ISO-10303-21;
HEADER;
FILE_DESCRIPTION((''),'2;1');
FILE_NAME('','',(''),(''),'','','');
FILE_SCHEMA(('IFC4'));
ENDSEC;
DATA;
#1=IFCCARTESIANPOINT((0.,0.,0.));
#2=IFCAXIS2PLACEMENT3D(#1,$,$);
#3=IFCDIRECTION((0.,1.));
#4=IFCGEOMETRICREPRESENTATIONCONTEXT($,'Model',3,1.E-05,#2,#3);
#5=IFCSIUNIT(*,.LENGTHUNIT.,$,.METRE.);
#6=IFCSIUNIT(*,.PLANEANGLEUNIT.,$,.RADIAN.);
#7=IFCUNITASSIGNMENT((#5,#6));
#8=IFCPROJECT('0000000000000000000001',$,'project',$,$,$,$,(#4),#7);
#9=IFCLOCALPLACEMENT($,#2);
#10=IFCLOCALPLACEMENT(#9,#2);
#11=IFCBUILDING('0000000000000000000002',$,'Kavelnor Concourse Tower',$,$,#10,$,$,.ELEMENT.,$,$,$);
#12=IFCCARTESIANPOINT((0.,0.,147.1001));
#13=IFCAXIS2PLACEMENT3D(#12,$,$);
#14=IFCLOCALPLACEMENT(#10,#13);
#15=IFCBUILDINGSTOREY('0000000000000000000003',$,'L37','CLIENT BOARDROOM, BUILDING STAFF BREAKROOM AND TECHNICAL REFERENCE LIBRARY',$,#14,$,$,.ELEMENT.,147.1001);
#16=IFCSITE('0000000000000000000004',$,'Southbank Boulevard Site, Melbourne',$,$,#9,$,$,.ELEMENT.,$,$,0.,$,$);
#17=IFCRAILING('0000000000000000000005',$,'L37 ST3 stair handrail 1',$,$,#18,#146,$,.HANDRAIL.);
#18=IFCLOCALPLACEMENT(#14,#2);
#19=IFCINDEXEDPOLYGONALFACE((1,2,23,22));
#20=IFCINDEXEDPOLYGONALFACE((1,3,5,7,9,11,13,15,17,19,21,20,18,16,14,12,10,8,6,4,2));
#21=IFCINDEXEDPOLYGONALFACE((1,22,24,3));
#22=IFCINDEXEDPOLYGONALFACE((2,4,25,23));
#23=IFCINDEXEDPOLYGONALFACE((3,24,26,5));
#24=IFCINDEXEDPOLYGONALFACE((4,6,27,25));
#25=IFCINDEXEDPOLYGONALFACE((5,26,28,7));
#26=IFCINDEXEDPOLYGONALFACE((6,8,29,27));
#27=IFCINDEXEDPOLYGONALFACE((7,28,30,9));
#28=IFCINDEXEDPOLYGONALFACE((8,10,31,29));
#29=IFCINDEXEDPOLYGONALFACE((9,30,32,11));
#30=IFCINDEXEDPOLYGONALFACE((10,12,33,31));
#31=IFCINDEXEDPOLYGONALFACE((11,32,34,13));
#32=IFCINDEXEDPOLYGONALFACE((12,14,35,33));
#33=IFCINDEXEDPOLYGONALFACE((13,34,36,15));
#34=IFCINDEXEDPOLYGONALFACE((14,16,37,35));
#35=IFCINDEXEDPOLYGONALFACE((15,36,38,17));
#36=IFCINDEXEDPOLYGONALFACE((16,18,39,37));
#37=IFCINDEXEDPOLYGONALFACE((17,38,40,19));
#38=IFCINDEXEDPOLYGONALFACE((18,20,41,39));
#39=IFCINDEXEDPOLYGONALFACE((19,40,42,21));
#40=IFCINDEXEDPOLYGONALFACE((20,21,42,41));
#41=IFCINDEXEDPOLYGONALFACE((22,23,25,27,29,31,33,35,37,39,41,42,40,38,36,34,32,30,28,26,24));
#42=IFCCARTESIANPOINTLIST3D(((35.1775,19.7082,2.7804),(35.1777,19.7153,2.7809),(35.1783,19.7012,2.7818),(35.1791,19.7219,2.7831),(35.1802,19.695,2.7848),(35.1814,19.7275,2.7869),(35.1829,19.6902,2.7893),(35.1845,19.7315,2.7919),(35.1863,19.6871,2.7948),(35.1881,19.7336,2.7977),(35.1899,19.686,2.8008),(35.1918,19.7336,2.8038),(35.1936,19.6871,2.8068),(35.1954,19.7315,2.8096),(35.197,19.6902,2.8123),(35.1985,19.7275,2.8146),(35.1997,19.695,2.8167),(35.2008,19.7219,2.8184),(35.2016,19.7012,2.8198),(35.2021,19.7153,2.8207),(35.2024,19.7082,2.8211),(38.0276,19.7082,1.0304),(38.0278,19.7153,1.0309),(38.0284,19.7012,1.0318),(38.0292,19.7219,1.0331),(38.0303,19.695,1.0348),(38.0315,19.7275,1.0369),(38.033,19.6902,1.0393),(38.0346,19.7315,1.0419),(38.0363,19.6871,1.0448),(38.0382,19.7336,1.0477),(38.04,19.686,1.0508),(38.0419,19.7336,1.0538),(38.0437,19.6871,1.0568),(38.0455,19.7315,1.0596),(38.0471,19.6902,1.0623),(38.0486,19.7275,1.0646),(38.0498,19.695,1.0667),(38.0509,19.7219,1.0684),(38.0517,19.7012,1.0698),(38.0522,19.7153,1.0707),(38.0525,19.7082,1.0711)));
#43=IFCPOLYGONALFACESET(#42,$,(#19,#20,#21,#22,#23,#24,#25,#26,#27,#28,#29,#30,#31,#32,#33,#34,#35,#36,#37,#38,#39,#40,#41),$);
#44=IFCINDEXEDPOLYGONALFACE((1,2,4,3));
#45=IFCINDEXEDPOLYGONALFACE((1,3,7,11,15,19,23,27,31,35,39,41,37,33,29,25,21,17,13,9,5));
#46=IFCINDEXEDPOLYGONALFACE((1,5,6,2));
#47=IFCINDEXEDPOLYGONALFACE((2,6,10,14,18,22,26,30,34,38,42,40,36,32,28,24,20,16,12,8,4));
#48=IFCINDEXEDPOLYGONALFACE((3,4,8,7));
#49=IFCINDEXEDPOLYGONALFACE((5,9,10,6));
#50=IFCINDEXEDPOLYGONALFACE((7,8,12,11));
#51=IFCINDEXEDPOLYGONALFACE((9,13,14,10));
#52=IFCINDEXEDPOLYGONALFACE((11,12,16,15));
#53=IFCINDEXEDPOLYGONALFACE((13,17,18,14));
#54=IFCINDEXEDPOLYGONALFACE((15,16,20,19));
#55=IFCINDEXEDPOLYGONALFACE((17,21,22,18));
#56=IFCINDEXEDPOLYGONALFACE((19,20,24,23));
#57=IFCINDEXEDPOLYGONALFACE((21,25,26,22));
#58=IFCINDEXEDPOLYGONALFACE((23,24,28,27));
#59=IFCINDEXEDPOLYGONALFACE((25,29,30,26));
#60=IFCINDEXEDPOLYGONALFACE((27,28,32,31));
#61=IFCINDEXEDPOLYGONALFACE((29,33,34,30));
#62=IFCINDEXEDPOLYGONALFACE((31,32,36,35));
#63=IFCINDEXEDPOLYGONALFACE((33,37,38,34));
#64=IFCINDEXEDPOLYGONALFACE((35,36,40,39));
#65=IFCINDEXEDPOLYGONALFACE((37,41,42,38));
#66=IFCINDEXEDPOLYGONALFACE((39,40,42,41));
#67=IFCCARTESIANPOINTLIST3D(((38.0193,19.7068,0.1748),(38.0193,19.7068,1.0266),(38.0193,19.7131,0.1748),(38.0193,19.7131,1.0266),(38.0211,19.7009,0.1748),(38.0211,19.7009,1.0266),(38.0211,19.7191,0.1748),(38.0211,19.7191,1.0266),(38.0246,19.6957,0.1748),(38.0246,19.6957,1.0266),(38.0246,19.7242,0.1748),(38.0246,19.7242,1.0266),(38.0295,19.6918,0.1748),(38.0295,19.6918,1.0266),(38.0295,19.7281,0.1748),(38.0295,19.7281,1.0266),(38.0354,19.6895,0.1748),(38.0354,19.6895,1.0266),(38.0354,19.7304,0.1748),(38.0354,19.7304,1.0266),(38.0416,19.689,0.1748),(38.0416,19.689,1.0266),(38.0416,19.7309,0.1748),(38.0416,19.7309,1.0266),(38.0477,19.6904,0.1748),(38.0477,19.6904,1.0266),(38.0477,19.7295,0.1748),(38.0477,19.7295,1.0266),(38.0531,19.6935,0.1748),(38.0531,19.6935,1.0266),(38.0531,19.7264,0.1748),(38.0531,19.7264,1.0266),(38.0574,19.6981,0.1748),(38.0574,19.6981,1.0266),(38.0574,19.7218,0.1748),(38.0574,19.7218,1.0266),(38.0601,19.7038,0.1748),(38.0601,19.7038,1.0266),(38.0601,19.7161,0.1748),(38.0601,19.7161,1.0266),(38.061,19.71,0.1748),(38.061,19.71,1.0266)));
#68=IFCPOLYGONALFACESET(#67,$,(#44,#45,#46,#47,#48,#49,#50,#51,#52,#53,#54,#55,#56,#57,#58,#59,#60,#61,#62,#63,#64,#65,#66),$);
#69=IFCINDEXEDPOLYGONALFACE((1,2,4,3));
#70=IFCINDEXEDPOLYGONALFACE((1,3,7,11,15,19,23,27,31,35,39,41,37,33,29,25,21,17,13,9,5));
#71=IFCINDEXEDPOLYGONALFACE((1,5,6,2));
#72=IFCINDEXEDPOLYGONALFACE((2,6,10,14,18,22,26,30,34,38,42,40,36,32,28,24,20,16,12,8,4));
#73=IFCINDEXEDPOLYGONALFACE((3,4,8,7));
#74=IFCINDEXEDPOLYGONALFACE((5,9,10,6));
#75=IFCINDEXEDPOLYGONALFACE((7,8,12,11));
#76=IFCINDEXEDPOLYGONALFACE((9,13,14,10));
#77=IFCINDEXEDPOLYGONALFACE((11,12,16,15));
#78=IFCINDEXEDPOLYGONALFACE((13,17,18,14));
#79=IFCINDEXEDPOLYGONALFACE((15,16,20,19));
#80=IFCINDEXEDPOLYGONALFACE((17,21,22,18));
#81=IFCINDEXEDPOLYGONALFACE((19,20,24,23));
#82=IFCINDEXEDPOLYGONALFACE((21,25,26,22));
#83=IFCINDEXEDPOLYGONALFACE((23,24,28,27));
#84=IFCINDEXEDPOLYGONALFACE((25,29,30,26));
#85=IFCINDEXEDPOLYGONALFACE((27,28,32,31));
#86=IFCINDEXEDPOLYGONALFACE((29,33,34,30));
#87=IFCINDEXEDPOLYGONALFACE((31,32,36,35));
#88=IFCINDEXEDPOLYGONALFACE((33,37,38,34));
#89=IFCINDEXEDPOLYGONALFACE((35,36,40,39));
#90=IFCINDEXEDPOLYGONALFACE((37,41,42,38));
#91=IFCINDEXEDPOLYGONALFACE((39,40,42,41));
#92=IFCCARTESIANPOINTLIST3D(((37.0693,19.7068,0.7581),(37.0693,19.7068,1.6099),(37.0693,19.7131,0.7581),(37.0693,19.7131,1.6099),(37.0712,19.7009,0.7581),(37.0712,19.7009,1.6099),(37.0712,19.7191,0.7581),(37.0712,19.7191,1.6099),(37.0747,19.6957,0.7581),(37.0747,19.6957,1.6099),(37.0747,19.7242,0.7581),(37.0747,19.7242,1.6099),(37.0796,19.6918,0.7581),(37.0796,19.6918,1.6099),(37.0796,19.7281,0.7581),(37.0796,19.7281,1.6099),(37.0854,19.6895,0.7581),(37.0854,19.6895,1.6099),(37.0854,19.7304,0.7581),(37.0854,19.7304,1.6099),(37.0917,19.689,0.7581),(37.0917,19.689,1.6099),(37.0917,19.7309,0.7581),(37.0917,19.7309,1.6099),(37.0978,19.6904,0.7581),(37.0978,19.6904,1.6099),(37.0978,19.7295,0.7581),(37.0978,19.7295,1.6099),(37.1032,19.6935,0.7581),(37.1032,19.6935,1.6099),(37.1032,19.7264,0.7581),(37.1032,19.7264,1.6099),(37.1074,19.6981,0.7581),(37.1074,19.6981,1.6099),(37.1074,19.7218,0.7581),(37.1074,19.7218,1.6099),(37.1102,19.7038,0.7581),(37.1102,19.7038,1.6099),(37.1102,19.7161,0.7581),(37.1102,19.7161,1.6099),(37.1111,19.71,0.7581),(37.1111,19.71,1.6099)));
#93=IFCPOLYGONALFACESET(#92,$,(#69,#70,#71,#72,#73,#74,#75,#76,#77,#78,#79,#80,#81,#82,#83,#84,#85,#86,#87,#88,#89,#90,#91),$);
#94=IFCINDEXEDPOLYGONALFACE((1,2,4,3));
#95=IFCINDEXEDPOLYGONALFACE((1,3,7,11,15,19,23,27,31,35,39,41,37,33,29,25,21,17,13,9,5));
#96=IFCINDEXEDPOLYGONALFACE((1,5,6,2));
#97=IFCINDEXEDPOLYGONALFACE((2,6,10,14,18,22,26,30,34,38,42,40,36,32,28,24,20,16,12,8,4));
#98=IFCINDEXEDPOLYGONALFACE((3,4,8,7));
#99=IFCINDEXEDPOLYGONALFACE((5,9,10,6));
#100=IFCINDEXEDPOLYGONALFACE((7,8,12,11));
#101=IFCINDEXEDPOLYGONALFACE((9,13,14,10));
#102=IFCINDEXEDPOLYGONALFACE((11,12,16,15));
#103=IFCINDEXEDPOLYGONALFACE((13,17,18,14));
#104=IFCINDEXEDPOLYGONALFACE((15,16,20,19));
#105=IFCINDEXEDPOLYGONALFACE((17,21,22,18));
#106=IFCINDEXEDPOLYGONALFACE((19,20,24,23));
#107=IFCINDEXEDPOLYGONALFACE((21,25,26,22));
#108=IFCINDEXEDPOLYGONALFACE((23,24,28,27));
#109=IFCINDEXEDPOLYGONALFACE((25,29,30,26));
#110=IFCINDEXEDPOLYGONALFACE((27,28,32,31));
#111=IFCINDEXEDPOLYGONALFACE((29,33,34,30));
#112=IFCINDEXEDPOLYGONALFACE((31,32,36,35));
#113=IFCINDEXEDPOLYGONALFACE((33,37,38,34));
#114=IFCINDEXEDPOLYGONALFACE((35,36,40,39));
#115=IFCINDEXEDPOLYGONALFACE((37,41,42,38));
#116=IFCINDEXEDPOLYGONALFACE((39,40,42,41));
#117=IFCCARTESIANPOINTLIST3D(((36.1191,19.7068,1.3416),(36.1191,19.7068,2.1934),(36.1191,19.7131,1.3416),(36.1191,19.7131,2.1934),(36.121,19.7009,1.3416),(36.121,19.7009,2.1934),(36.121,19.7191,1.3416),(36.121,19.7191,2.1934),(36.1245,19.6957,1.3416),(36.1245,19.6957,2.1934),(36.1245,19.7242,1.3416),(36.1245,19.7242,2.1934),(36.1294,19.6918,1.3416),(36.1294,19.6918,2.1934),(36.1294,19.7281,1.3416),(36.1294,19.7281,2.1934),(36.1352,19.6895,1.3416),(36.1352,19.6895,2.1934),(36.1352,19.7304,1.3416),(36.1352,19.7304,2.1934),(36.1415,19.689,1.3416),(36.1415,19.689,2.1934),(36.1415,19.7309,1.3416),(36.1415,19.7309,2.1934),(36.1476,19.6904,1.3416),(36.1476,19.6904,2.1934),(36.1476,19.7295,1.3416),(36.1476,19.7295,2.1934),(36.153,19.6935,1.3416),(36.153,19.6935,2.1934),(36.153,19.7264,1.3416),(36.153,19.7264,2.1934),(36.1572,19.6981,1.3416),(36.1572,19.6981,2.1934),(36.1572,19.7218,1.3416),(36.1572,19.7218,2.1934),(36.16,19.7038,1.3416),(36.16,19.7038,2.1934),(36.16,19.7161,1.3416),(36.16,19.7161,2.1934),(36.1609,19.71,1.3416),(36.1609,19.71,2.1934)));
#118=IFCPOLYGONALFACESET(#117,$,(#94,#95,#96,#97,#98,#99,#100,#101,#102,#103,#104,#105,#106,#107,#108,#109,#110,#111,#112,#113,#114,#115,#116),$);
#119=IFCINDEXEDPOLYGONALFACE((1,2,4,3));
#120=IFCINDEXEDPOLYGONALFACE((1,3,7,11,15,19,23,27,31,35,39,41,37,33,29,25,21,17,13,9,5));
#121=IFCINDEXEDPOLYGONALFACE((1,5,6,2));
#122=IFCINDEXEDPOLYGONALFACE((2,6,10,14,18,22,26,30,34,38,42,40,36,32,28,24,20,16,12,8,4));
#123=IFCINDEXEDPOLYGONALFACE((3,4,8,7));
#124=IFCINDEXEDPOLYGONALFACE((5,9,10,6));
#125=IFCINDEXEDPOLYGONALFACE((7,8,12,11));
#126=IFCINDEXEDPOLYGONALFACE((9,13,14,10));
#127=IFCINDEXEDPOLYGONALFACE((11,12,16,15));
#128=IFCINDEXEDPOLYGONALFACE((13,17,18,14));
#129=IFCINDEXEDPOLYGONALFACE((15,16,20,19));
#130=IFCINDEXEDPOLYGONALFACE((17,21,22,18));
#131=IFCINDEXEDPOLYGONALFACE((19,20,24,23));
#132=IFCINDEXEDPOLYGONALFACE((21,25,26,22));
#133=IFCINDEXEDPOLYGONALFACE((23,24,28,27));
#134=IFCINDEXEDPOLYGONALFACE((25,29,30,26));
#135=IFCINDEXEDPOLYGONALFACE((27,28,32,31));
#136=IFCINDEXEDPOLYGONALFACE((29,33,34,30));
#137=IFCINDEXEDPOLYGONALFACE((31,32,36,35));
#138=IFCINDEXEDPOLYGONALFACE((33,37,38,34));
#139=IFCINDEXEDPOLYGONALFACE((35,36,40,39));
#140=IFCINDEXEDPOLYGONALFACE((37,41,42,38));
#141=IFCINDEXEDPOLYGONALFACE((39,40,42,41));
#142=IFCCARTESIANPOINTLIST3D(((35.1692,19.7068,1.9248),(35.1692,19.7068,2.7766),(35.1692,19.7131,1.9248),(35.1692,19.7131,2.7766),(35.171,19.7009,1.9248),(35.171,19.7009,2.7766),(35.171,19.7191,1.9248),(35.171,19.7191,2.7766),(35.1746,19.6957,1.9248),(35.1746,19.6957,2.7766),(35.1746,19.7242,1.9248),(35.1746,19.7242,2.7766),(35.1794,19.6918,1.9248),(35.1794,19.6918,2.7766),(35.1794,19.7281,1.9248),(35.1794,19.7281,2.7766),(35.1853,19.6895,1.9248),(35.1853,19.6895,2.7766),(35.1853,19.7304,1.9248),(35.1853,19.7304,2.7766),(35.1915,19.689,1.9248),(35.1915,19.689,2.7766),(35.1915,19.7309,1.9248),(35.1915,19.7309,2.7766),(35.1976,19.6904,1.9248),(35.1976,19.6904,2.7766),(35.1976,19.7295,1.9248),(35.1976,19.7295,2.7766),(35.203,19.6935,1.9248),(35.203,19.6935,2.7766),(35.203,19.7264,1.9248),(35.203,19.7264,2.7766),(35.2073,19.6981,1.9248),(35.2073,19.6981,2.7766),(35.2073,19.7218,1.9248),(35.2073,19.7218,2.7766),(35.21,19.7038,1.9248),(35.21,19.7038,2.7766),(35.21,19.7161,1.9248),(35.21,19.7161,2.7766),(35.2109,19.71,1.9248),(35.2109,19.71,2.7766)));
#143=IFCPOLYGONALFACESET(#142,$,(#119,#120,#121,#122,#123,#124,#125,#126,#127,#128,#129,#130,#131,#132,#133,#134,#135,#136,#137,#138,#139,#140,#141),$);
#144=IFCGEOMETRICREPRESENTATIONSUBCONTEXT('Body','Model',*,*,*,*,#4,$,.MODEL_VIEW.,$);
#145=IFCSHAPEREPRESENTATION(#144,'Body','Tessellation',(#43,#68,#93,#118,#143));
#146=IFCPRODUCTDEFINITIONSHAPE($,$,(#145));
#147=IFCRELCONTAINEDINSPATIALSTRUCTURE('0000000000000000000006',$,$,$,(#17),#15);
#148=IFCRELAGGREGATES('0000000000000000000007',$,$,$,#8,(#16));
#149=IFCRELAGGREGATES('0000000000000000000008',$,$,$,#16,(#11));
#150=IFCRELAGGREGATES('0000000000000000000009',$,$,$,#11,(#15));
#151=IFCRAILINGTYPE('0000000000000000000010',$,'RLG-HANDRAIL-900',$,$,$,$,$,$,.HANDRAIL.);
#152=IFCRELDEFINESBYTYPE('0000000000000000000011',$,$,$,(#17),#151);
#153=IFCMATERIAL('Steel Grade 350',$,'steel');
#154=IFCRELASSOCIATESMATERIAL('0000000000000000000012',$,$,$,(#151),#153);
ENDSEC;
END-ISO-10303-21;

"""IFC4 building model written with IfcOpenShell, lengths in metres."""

from ifc_helpers import new_model, si_unit, direction, frame, origin, origin_2d, place, context, subcontext, project, spatial, circle, extrude, material, type_object, element, save


model = new_model("IFC4")

# Units and contexts
model_context = context("Model", 3, precision=1e-05, world=origin(), true_north=direction((0.0, 1.0)))
body_context = subcontext(model_context, "Body", "Model", "MODEL_VIEW")
ifc_project = project(units=[si_unit("LENGTHUNIT", "METRE"), si_unit("PLANEANGLEUNIT", "RADIAN")], contexts=[model_context])

# Site, building, storey
site_placement = place(None, origin())
site = spatial("IfcSite", under=ifc_project, at=site_placement, Name="Southbank Boulevard Site, Melbourne", CompositionType="ELEMENT", RefElevation=0.0)
building_placement = place(site_placement, origin())
building = spatial("IfcBuilding", under=site, at=building_placement, Name="Kavelnor Concourse Tower", CompositionType="ELEMENT")
storey_placement = place(building_placement, frame((0.0, 0.0, 147.1001)))
storey = spatial("IfcBuildingStorey", under=building, at=storey_placement, Name="L37", Description="CLIENT BOARDROOM, BUILDING STAFF BREAKROOM AND TECHNICAL REFERENCE LIBRARY", CompositionType="ELEMENT", Elevation=147.1001)

# Shared definitions
ifc_material_1 = material(Name="Steel Grade 350", Category="steel")

# Railing
railing_type_1 = type_object("IfcRailingType", Name="RLG-HANDRAIL-900", PredefinedType="HANDRAIL", material=ifc_material_1)
railing_1_placement = place(storey_placement, frame((38.04, 19.71, 0.1748)))
element("IfcRailing", 1, at=railing_1_placement, inside=storey, type_object=railing_type_1, Name="L37 ST3 stair handrail 1", PredefinedType="HANDRAIL", context=body_context, shape_type="SweptSolid", body=[
    extrude(circle(Radius=0.0239, at=origin_2d()), frame((0.0, 0.0, 0.876), z_axis=(-0.852179, 0.0, 0.52325), x_axis=(0.0, -1.0, 0.0)), (0.0, 0.0, 1.0), 3.3445),
    extrude(circle(Radius=0.021, at=origin_2d()), origin(), (0.0, 0.0, 1.0), 0.8518),
    extrude(circle(Radius=0.021, at=origin_2d()), frame((-0.95, 0.0, 0.5833)), (0.0, 0.0, 1.0), 0.8518),
    extrude(circle(Radius=0.021, at=origin_2d()), frame((-1.9001, 0.0, 1.1667)), (0.0, 0.0, 1.0), 0.8518),
    extrude(circle(Radius=0.021, at=origin_2d()), frame((-2.8501, 0.0, 1.75)), (0.0, 0.0, 1.0), 0.8518),
])

save(model, "model.ifc")
